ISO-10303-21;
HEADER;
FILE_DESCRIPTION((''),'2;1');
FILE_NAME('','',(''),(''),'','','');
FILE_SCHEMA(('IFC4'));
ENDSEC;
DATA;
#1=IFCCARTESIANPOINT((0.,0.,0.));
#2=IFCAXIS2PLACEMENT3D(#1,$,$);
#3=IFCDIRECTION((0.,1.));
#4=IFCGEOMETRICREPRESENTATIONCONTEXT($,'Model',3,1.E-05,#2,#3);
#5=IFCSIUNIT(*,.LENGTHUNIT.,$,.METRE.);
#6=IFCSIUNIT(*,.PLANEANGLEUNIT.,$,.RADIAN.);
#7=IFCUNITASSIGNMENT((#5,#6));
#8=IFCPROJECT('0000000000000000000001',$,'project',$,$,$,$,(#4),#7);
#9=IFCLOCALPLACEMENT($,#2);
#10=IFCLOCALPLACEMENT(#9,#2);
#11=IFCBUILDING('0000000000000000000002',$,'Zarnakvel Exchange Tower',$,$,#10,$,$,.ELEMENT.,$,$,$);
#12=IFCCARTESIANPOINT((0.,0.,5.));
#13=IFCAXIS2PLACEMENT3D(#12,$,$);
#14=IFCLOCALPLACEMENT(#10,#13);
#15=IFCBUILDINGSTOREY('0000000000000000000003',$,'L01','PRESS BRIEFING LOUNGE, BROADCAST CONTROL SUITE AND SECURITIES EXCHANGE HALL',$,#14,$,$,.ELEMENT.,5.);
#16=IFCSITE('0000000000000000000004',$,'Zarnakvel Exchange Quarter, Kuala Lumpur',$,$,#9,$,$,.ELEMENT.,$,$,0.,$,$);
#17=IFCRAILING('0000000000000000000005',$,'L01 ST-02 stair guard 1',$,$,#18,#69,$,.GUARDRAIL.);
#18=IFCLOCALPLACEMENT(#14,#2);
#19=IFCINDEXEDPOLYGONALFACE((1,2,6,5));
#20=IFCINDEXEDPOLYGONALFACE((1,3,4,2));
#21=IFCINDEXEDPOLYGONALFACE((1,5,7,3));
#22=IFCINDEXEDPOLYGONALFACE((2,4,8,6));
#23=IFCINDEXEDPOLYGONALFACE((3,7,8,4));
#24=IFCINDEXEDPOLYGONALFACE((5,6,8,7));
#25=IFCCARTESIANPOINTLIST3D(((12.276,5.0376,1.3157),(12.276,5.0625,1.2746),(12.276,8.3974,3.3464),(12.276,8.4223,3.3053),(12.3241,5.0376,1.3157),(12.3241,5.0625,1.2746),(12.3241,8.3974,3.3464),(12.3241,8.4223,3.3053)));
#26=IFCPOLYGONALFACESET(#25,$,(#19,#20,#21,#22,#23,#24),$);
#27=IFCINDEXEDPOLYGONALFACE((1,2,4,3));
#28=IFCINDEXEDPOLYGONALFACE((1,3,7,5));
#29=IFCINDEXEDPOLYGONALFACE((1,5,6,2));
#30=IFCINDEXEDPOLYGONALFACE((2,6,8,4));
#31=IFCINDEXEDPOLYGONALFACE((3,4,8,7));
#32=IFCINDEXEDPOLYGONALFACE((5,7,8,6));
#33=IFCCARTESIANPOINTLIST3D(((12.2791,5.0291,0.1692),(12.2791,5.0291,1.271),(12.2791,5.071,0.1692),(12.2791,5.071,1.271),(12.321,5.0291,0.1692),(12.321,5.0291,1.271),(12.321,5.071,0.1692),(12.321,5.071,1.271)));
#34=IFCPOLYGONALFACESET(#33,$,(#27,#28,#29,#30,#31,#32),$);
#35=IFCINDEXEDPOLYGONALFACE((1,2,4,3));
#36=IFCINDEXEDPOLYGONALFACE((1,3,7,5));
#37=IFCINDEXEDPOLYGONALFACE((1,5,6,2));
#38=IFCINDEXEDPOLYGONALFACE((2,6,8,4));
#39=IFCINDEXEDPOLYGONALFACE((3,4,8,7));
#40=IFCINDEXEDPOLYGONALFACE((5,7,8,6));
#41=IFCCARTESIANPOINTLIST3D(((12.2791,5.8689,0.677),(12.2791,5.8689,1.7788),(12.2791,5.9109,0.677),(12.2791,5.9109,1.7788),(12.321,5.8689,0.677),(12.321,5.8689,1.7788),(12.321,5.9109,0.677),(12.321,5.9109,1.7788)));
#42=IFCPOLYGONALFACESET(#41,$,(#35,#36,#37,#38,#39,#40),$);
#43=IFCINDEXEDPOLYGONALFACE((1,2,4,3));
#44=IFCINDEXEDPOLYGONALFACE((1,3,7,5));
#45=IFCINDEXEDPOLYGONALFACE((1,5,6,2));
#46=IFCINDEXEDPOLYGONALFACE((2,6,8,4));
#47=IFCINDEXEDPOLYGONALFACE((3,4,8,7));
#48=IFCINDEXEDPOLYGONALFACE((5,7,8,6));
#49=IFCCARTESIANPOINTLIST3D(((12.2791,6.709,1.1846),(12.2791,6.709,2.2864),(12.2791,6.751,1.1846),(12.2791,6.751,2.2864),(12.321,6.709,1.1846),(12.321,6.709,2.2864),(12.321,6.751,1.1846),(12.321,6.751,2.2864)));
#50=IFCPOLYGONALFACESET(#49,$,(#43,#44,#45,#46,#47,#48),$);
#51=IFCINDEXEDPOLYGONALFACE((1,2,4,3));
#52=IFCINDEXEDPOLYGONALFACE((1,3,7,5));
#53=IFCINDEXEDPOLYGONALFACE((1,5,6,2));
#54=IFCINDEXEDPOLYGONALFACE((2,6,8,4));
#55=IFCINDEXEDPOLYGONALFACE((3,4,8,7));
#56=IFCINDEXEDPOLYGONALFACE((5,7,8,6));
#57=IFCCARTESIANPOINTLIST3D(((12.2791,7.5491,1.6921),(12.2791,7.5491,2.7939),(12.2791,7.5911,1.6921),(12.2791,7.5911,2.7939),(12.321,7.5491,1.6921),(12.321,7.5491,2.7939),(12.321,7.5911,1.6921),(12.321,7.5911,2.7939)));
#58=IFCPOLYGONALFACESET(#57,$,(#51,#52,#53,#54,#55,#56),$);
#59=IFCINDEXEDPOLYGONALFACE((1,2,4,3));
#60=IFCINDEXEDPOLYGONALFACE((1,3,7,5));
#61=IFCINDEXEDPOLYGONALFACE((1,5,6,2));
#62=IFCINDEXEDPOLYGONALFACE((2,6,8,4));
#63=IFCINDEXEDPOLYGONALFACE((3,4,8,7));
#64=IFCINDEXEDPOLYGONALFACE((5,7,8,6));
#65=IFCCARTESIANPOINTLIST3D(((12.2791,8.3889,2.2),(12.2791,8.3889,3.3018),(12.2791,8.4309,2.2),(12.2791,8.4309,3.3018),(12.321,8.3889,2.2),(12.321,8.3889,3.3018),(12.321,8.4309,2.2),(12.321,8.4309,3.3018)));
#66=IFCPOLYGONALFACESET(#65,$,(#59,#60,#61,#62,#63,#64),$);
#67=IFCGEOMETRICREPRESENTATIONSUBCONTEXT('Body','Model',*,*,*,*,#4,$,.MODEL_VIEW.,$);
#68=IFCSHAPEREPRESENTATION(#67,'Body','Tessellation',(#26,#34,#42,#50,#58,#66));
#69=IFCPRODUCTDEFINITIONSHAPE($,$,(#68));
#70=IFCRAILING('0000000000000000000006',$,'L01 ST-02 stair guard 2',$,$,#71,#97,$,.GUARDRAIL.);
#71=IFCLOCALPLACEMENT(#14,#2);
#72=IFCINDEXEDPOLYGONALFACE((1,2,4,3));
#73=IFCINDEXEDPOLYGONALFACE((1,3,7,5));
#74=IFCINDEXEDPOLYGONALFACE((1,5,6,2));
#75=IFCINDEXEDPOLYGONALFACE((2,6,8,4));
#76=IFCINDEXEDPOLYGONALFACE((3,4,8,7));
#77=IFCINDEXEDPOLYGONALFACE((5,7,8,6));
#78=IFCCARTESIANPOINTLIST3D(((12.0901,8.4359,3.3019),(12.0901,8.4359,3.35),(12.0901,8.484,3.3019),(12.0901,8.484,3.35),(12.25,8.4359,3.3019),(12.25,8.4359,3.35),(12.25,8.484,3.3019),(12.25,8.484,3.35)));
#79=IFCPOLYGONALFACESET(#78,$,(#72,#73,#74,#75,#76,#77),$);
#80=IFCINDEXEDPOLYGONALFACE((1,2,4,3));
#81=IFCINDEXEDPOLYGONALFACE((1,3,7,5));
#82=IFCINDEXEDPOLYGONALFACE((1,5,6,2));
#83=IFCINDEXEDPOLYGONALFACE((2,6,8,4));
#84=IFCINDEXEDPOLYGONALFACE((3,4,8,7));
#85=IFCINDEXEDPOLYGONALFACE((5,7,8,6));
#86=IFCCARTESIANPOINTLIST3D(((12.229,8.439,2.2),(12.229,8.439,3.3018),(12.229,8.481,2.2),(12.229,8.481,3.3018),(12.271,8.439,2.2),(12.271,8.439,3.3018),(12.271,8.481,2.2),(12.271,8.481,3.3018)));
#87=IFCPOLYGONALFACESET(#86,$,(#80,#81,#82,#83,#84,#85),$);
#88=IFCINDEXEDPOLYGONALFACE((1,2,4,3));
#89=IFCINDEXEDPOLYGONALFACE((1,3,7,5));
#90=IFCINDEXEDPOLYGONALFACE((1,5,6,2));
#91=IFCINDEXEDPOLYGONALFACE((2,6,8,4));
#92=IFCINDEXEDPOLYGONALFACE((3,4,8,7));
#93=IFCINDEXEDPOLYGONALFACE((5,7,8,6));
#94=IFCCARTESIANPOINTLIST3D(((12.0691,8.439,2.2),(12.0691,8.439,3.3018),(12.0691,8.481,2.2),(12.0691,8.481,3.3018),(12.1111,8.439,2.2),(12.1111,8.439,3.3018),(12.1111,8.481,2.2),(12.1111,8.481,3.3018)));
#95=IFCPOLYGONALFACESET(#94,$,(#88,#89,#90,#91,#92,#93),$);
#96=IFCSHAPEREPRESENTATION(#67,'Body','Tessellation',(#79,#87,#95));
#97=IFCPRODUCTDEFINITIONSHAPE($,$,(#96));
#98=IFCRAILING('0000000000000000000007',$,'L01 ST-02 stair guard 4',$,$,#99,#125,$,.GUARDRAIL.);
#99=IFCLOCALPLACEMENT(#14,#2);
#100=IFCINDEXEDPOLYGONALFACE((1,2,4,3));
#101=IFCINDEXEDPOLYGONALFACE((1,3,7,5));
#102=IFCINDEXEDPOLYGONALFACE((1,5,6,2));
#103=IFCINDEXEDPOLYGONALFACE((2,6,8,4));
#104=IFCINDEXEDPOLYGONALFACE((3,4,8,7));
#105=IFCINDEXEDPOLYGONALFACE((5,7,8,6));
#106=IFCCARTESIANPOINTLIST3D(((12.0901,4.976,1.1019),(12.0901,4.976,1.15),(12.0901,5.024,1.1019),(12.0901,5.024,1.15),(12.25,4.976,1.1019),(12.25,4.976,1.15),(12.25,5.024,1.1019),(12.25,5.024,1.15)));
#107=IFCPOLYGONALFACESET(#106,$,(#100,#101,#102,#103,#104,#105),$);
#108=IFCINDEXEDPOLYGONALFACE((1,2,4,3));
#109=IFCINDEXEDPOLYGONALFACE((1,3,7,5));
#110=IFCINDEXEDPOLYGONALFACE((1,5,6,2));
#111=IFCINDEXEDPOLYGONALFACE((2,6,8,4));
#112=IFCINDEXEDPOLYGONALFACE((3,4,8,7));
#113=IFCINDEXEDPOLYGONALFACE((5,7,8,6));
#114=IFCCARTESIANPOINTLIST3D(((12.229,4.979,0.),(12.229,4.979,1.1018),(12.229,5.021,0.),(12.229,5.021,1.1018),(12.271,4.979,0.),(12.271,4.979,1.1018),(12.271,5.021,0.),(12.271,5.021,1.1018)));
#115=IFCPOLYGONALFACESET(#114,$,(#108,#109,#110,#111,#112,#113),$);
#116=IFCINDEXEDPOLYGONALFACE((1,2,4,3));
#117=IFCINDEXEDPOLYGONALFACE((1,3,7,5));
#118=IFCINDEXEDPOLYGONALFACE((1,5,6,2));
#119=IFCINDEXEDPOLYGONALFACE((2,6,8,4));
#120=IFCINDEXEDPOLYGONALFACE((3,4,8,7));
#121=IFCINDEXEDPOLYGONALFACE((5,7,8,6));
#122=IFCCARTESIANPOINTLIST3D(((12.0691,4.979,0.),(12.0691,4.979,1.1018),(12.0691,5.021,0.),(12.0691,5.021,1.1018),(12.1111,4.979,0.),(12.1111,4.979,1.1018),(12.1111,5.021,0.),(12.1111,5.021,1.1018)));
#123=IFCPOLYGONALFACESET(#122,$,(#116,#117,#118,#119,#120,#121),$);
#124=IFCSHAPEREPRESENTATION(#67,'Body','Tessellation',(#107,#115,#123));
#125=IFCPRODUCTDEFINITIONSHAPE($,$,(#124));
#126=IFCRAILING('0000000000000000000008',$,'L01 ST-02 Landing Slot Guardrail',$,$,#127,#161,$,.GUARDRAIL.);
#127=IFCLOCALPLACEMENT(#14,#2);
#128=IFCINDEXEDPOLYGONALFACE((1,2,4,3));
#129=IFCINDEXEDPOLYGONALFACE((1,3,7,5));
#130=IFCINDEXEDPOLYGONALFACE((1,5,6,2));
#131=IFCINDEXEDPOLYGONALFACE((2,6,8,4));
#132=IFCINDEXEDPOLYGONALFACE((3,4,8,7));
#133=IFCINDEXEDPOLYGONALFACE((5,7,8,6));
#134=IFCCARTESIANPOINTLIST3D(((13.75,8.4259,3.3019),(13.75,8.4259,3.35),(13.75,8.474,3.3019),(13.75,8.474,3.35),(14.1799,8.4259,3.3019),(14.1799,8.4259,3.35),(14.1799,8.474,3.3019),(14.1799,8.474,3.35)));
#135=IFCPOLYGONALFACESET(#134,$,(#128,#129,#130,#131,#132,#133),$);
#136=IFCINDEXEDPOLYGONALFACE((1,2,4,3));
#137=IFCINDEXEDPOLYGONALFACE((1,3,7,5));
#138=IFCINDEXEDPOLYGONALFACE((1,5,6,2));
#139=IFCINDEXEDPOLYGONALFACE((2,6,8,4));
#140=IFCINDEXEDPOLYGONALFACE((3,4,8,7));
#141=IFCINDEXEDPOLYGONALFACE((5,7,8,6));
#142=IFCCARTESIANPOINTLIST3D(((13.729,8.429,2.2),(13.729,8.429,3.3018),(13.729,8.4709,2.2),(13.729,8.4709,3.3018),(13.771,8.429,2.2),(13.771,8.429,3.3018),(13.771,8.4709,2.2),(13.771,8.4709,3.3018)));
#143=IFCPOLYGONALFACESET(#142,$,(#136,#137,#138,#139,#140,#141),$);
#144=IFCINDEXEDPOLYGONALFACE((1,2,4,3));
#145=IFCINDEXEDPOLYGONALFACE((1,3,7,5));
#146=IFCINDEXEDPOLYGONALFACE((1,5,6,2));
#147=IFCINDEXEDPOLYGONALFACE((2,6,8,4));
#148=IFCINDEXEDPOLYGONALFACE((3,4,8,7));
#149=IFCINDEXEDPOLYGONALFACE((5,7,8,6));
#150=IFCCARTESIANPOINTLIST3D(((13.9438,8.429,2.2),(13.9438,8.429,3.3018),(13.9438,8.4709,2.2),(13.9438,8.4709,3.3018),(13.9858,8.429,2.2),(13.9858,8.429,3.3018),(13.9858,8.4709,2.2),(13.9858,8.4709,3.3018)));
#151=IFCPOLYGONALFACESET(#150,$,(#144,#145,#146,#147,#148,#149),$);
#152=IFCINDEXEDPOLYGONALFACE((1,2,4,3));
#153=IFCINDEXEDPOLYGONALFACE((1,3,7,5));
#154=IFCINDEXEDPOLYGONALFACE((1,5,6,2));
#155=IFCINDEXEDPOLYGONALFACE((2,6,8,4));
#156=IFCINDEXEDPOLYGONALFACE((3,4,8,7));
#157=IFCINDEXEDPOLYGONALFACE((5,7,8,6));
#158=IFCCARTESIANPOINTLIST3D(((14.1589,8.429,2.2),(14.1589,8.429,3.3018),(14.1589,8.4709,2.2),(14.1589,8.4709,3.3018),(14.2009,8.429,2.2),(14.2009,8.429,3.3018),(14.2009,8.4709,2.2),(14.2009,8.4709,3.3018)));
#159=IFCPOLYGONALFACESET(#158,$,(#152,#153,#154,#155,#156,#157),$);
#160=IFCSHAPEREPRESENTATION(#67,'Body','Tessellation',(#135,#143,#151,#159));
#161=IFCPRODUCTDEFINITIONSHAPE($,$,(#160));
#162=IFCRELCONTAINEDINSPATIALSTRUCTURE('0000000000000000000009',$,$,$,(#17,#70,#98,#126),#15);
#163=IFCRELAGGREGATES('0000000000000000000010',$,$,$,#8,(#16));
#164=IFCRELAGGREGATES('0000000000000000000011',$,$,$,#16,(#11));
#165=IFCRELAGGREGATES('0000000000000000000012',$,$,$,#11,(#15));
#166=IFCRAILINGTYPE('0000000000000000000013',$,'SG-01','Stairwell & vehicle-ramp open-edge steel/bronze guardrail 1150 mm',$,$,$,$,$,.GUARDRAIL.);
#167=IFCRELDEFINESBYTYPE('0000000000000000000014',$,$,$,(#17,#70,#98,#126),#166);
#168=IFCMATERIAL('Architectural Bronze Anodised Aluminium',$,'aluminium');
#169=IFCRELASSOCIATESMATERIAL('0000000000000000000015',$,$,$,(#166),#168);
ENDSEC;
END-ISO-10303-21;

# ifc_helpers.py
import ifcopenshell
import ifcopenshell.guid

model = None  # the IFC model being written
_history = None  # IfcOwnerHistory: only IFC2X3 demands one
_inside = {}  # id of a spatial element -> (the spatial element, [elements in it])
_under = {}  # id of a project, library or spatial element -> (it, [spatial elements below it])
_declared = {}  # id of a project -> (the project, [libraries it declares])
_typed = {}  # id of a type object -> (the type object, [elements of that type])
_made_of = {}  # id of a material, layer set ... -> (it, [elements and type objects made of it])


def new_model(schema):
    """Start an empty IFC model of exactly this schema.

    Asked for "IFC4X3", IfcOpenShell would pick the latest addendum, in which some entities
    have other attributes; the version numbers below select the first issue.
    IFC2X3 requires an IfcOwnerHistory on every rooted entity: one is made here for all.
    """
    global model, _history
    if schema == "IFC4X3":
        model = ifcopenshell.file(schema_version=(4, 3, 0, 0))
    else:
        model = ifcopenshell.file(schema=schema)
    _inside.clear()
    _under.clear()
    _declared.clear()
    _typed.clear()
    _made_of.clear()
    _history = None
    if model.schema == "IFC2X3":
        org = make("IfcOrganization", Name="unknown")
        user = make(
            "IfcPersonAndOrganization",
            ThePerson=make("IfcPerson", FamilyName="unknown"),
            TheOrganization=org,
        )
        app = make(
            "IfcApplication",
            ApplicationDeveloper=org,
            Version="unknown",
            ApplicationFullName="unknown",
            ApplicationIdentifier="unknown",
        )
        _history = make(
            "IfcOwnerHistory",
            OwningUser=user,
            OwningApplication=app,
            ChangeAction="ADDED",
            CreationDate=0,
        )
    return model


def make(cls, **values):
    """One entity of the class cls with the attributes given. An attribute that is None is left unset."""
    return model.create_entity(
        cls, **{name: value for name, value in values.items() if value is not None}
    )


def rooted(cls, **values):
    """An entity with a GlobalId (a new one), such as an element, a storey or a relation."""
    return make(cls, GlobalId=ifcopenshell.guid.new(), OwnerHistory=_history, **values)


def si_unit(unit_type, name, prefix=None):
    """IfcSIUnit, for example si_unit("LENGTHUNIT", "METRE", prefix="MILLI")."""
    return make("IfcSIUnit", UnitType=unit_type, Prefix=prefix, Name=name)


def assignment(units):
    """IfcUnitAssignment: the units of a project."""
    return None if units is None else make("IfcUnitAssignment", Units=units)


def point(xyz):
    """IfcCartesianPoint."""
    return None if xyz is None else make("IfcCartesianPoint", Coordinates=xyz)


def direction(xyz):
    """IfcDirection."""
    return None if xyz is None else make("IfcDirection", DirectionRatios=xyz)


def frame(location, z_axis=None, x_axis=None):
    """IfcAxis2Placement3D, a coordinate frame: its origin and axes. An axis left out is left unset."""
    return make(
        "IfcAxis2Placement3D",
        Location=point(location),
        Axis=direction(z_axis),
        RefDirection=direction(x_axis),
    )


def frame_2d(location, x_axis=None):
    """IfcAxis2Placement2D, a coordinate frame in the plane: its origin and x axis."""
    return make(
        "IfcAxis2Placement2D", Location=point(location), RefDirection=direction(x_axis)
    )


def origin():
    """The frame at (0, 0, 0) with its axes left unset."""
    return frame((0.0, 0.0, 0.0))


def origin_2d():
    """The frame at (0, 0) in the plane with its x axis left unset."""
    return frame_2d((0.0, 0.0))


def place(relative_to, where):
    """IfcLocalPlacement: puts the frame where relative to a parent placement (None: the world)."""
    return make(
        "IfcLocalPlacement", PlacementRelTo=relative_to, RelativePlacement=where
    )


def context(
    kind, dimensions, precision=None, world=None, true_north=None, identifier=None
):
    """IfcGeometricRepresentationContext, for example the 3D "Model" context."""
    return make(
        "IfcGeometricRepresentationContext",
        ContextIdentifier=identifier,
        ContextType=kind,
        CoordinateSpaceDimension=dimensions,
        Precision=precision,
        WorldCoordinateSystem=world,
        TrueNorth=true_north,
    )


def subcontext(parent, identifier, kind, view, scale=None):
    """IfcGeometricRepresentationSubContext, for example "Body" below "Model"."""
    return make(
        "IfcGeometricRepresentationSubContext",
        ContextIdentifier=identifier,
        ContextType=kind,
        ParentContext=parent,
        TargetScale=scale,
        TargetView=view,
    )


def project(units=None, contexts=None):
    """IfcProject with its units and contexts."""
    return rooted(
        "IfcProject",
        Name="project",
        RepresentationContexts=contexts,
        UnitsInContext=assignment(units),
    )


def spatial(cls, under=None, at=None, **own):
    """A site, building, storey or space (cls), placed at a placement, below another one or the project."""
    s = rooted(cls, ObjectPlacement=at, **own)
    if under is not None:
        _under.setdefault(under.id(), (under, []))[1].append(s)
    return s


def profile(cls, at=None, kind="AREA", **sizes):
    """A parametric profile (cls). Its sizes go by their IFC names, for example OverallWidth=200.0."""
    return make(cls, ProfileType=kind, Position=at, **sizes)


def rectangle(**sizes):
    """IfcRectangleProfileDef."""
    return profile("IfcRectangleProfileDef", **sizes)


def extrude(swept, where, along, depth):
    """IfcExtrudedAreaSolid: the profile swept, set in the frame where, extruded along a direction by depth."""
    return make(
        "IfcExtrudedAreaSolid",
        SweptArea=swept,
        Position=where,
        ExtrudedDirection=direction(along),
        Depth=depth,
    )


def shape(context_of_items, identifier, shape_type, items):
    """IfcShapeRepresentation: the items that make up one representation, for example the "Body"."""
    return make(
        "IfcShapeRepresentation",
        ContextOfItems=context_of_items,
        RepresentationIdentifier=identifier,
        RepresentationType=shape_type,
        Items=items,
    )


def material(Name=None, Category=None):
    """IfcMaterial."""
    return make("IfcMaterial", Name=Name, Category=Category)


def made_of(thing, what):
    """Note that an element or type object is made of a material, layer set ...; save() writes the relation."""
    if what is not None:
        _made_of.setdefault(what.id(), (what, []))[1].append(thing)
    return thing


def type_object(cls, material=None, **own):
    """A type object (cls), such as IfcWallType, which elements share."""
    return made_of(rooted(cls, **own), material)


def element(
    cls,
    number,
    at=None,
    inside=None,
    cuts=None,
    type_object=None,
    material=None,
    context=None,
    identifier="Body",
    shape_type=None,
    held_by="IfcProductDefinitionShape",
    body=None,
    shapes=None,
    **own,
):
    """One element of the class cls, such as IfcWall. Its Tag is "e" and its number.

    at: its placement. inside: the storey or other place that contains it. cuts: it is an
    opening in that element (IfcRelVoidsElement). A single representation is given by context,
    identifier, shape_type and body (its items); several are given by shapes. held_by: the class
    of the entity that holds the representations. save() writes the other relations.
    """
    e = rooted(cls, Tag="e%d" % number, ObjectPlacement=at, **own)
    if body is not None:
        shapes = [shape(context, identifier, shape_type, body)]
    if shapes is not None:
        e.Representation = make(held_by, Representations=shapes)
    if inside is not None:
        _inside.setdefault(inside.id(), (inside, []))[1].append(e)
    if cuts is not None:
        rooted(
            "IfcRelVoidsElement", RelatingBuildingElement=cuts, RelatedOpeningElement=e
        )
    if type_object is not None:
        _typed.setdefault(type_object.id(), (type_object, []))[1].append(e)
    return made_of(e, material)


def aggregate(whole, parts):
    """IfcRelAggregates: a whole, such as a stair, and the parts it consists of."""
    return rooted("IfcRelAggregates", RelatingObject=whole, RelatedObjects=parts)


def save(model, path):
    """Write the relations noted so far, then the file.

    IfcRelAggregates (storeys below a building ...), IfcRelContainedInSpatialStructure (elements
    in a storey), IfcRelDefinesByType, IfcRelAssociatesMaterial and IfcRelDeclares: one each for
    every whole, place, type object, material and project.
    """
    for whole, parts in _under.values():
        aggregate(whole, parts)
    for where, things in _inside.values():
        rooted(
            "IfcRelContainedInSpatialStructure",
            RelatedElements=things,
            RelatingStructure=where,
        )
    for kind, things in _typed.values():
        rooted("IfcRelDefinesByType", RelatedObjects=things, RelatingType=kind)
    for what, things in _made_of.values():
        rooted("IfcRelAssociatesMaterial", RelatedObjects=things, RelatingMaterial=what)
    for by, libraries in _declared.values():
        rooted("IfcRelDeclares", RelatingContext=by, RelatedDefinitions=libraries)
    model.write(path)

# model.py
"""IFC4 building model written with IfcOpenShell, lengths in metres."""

from ifc_helpers import new_model, si_unit, direction, frame, origin, origin_2d, place, context, subcontext, project, spatial, rectangle, extrude, material, type_object, element, save


model = new_model("IFC4")

# Units and contexts
model_context = context("Model", 3, precision=1e-05, world=origin(), true_north=direction((0.0, 1.0)))
body_context = subcontext(model_context, "Body", "Model", "MODEL_VIEW")
ifc_project = project(units=[si_unit("LENGTHUNIT", "METRE"), si_unit("PLANEANGLEUNIT", "RADIAN")], contexts=[model_context])

# Site, building, storey
site_placement = place(None, origin())
site = spatial("IfcSite", under=ifc_project, at=site_placement, Name="Zarnakvel Exchange Quarter, Kuala Lumpur", CompositionType="ELEMENT", RefElevation=0.0)
building_placement = place(site_placement, origin())
building = spatial("IfcBuilding", under=site, at=building_placement, Name="Zarnakvel Exchange Tower", CompositionType="ELEMENT")
storey_placement = place(building_placement, frame((0.0, 0.0, 5.0)))
storey = spatial("IfcBuildingStorey", under=building, at=storey_placement, Name="L01", Description="PRESS BRIEFING LOUNGE, BROADCAST CONTROL SUITE AND SECURITIES EXCHANGE HALL", CompositionType="ELEMENT", Elevation=5.0)

# Shared definitions
ifc_material_1 = material(Name="Architectural Bronze Anodised Aluminium", Category="aluminium")

# Railings
railing_type_1 = type_object("IfcRailingType", Name="SG-01", Description="Stairwell & vehicle-ramp open-edge steel/bronze guardrail 1150 mm", PredefinedType="GUARDRAIL", material=ifc_material_1)
railing_1_placement = place(storey_placement, frame((12.3, 5.05, 0.1692)))
element("IfcRailing", 1, at=railing_1_placement, inside=storey, type_object=railing_type_1, Name="L01 ST-02 stair guard 1", PredefinedType="GUARDRAIL", context=body_context, shape_type="SweptSolid", body=[
    extrude(rectangle(XDim=0.0481, YDim=0.0481, at=origin_2d()), frame((0.0, 0.0, 1.126), z_axis=(0.0, 0.85582, 0.517273), x_axis=(-1.0, 0.0, 0.0)), (0.0, 0.0, 1.0), 3.9258),
    extrude(rectangle(XDim=0.042, YDim=0.042, at=origin_2d()), origin(), (0.0, 0.0, 1.0), 1.1018),
    extrude(rectangle(XDim=0.042, YDim=0.042, at=origin_2d()), frame((0.0, 0.8398, 0.5078)), (0.0, 0.0, 1.0), 1.1018),
    extrude(rectangle(XDim=0.042, YDim=0.042, at=origin_2d()), frame((0.0, 1.6799, 1.0154)), (0.0, 0.0, 1.0), 1.1018),
    extrude(rectangle(XDim=0.042, YDim=0.042, at=origin_2d()), frame((0.0, 2.52, 1.5229)), (0.0, 0.0, 1.0), 1.1018),
    extrude(rectangle(XDim=0.042, YDim=0.042, at=origin_2d()), frame((0.0, 3.3599, 2.0308)), (0.0, 0.0, 1.0), 1.1018),
])
for number, where, name in (
    (2, (12.25, 8.46, 2.2), "L01 ST-02 stair guard 2"),
    (3, (12.25, 5.0, 0.0), "L01 ST-02 stair guard 4"),
):
    element("IfcRailing", number, at=place(storey_placement, frame(where)), inside=storey, type_object=railing_type_1, Name=name, PredefinedType="GUARDRAIL", context=body_context, shape_type="SweptSolid", body=[
        extrude(rectangle(XDim=0.0481, YDim=0.0481, at=origin_2d()), frame((0.0, 0.0, 1.126), z_axis=(-1.0, 0.0, 0.0), x_axis=(0.0, -1.0, 0.0)), (0.0, 0.0, 1.0), 0.1599),
        extrude(rectangle(XDim=0.042, YDim=0.042, at=origin_2d()), origin(), (0.0, 0.0, 1.0), 1.1018),
        extrude(rectangle(XDim=0.042, YDim=0.042, at=origin_2d()), frame((-0.1599, 0.0, 0.0)), (0.0, 0.0, 1.0), 1.1018),
    ])
railing_2_placement = place(storey_placement, frame((13.75, 8.45, 2.2)))
element("IfcRailing", 4, at=railing_2_placement, inside=storey, type_object=railing_type_1, Name="L01 ST-02 Landing Slot Guardrail", PredefinedType="GUARDRAIL", context=body_context, shape_type="SweptSolid", body=[
    extrude(rectangle(XDim=0.0481, YDim=0.0481, at=origin_2d()), frame((0.0, 0.0, 1.126), z_axis=(1.0, 0.0, 0.0), x_axis=(0.0, 1.0, 0.0)), (0.0, 0.0, 1.0), 0.4299),
    extrude(rectangle(XDim=0.042, YDim=0.042, at=origin_2d()), origin(), (0.0, 0.0, 1.0), 1.1018),
    extrude(rectangle(XDim=0.042, YDim=0.042, at=origin_2d()), frame((0.2148, 0.0, 0.0)), (0.0, 0.0, 1.0), 1.1018),
    extrude(rectangle(XDim=0.042, YDim=0.042, at=origin_2d()), frame((0.4299, 0.0, 0.0)), (0.0, 0.0, 1.0), 1.1018),
])

save(model, "model.ifc")
